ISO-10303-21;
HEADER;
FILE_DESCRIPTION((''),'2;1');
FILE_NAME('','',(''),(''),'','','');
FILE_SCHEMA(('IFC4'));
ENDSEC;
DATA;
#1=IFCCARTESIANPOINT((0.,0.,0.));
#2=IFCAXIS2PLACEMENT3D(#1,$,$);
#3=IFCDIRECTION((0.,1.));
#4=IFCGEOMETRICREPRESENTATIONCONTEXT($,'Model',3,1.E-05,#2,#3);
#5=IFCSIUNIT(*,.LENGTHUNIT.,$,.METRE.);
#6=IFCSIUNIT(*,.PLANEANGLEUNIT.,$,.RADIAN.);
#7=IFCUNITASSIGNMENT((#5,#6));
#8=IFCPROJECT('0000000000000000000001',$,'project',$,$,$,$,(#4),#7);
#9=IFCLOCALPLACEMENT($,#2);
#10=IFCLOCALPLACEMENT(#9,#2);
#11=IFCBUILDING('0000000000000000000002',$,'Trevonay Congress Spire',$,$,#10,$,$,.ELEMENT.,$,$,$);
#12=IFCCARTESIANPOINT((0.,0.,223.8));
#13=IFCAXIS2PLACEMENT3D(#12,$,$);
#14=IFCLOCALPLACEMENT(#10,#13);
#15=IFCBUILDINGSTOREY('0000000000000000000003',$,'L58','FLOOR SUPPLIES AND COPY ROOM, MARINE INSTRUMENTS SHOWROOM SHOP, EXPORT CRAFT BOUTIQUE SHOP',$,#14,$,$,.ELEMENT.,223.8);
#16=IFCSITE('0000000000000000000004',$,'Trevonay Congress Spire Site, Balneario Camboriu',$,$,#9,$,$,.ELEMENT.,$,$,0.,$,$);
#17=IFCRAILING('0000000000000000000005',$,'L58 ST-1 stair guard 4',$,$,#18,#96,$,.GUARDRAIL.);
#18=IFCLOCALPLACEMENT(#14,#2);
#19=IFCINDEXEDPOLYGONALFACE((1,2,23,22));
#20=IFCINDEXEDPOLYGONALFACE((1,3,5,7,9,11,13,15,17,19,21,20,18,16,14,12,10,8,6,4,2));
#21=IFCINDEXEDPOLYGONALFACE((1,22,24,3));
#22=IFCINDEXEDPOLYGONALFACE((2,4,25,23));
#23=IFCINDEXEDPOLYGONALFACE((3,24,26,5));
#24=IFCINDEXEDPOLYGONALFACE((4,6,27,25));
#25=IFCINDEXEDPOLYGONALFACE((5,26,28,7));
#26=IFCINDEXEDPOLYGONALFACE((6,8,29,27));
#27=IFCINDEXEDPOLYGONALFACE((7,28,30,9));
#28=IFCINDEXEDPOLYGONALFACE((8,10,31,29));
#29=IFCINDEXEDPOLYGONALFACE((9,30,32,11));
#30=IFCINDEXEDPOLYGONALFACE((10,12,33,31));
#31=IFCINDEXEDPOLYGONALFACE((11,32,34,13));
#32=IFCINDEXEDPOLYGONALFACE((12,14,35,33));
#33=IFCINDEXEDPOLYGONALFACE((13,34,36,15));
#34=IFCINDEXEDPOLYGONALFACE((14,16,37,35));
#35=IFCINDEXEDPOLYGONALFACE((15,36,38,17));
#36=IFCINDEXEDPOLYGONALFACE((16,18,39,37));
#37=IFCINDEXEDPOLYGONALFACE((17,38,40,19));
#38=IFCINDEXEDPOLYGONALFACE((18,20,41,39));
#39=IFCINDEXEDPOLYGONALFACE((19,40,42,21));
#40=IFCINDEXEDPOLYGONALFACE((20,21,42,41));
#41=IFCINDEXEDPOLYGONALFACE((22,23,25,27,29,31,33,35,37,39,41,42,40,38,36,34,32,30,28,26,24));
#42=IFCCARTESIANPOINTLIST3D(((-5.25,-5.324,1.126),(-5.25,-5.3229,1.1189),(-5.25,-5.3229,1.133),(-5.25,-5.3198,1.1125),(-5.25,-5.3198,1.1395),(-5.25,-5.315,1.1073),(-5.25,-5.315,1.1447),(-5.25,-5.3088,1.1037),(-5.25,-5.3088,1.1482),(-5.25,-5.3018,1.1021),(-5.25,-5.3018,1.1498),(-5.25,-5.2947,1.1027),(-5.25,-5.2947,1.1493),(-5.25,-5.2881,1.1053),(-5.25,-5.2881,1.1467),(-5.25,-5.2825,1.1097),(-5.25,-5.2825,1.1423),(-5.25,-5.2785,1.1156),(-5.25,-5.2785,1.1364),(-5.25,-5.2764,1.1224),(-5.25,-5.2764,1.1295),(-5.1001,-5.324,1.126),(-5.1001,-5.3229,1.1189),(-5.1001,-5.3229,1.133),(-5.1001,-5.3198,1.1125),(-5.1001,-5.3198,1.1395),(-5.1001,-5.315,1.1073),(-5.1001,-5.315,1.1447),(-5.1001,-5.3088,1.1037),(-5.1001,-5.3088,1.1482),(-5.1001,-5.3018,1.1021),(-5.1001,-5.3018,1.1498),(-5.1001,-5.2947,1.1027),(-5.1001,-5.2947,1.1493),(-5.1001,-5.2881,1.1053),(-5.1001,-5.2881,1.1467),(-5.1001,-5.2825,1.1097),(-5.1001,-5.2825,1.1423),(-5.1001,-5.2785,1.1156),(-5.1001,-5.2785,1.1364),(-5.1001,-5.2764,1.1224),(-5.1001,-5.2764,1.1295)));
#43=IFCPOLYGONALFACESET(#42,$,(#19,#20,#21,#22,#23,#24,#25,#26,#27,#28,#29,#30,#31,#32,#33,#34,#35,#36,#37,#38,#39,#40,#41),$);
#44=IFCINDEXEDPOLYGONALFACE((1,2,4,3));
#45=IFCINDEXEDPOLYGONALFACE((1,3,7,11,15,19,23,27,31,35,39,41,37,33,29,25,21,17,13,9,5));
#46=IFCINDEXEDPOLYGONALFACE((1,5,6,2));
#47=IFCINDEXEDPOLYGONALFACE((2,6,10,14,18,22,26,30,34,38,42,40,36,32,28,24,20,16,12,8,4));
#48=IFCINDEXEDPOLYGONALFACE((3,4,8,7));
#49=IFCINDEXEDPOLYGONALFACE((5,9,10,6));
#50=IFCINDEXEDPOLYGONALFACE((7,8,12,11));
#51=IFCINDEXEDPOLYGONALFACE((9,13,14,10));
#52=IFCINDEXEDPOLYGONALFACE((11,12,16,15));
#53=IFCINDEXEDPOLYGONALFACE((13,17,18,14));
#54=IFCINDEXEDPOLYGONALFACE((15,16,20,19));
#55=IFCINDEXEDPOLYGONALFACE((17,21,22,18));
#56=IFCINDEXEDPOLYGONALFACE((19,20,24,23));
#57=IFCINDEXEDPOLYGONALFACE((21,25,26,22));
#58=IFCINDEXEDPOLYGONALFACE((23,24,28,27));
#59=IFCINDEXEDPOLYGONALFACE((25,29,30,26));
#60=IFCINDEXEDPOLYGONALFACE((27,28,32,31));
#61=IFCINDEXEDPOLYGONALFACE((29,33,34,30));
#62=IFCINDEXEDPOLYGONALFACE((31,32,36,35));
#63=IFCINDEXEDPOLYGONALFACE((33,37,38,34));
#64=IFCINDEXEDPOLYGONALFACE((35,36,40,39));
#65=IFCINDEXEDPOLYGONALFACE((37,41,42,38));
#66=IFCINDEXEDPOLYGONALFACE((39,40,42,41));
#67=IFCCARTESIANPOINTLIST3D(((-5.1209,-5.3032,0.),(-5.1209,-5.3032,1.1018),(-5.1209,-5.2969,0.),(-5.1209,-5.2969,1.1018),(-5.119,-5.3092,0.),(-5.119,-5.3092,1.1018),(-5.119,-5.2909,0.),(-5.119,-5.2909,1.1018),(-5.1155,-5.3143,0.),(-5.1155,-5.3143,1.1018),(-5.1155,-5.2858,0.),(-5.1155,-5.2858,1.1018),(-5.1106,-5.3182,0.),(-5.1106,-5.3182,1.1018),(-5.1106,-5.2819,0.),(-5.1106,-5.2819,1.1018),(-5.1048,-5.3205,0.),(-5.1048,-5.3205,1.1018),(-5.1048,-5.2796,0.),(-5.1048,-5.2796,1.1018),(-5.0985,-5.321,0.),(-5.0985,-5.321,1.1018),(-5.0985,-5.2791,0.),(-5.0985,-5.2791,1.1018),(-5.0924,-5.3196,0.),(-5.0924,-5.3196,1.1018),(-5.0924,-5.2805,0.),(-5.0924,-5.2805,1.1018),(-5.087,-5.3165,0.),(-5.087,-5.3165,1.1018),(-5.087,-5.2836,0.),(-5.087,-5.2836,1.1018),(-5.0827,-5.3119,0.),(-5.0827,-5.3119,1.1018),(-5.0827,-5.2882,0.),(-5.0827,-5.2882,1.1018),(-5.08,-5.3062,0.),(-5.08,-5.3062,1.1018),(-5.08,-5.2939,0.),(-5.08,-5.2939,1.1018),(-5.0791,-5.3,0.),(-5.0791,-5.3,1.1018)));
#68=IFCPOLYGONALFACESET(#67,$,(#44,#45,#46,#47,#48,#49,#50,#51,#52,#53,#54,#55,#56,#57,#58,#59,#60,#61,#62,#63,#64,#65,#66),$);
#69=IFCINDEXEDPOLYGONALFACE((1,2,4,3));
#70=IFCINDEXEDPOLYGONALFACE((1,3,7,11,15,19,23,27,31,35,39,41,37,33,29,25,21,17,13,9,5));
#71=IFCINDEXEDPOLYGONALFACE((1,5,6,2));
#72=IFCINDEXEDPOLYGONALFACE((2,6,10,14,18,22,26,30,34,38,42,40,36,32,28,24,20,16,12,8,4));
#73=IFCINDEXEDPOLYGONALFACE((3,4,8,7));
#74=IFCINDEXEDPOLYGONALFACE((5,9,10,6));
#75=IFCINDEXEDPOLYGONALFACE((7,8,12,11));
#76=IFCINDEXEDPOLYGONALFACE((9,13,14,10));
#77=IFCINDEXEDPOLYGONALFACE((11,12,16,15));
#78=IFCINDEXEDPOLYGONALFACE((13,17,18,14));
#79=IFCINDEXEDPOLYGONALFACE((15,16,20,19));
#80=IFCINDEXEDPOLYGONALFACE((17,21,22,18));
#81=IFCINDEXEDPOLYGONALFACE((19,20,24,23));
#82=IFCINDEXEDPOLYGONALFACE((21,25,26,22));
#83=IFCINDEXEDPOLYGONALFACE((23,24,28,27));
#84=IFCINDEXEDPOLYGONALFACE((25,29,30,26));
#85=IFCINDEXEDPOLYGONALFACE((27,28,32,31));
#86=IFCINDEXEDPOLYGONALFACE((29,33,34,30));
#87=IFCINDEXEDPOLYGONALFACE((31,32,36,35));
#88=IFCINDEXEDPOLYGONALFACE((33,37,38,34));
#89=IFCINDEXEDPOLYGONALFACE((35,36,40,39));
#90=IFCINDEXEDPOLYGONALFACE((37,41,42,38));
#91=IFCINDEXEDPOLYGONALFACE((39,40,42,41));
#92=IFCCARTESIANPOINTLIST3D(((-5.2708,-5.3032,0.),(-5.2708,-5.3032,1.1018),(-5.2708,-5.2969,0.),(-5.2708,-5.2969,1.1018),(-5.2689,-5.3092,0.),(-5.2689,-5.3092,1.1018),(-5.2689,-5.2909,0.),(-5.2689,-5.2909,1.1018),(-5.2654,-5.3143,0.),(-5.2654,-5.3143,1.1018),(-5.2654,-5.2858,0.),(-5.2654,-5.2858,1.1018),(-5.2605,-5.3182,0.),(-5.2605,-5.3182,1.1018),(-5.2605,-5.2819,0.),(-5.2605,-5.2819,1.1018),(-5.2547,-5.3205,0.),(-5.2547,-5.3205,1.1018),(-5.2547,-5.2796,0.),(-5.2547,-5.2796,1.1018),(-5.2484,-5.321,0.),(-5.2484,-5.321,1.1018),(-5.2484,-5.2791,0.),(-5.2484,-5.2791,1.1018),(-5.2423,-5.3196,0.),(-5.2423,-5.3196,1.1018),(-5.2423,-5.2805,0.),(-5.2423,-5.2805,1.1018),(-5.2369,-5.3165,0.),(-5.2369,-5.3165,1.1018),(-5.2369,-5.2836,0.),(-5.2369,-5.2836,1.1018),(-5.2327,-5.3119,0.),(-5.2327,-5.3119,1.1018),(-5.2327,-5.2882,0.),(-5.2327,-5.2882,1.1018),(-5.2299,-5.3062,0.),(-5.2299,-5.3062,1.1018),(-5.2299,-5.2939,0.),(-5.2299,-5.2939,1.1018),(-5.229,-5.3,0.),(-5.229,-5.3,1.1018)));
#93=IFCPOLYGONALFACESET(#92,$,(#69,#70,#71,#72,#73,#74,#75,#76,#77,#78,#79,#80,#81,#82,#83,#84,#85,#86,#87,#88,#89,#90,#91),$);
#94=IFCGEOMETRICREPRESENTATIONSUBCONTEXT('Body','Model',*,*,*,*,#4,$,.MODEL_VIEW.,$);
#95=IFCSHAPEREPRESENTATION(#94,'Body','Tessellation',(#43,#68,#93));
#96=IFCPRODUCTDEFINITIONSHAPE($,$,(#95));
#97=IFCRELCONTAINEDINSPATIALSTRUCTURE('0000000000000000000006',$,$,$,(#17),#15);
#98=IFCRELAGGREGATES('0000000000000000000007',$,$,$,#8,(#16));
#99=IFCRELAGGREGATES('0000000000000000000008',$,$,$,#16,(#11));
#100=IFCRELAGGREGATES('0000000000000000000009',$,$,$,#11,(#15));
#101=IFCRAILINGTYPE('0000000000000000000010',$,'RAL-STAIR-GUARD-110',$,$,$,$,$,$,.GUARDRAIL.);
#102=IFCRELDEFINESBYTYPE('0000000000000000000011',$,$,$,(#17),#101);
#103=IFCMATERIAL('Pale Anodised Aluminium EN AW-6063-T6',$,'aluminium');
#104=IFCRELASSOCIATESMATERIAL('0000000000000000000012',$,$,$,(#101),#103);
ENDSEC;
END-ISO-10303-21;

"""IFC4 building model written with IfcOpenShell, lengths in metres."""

from ifc_helpers import new_model, si_unit, direction, frame, origin, origin_2d, place, context, subcontext, project, spatial, circle, extrude, material, type_object, element, save


model = new_model("IFC4")

# Units and contexts
model_context = context("Model", 3, precision=1e-05, world=origin(), true_north=direction((0.0, 1.0)))
body_context = subcontext(model_context, "Body", "Model", "MODEL_VIEW")
ifc_project = project(units=[si_unit("LENGTHUNIT", "METRE"), si_unit("PLANEANGLEUNIT", "RADIAN")], contexts=[model_context])

# Site, building, storey
site_placement = place(None, origin())
site = spatial("IfcSite", under=ifc_project, at=site_placement, Name="Trevonay Congress Spire Site, Balneario Camboriu", CompositionType="ELEMENT", RefElevation=0.0)
building_placement = place(site_placement, origin())
building = spatial("IfcBuilding", under=site, at=building_placement, Name="Trevonay Congress Spire", CompositionType="ELEMENT")
storey_placement = place(building_placement, frame((0.0, 0.0, 223.8)))
storey = spatial("IfcBuildingStorey", under=building, at=storey_placement, Name="L58", Description="FLOOR SUPPLIES AND COPY ROOM, MARINE INSTRUMENTS SHOWROOM SHOP, EXPORT CRAFT BOUTIQUE SHOP", CompositionType="ELEMENT", Elevation=223.8)

# Railing
ifc_material_1 = material(Name="Pale Anodised Aluminium EN AW-6063-T6", Category="aluminium")
railing_type_1 = type_object("IfcRailingType", Name="RAL-STAIR-GUARD-110", PredefinedType="GUARDRAIL", material=ifc_material_1)
railing_1_placement = place(storey_placement, frame((-5.1001, -5.3, 0.0)))
element("IfcRailing", 1, at=railing_1_placement, inside=storey, type_object=railing_type_1, Name="L58 ST-1 stair guard 4", PredefinedType="GUARDRAIL", context=body_context, shape_type="SweptSolid", body=[
    extrude(circle(Radius=0.0239, at=origin_2d()), frame((0.0, 0.0, 1.126), z_axis=(-1.0, 0.0, 0.0), x_axis=(0.0, -1.0, 0.0)), (0.0, 0.0, 1.0), 0.1499),
    extrude(circle(Radius=0.021, at=origin_2d()), origin(), (0.0, 0.0, 1.0), 1.1018),
    extrude(circle(Radius=0.021, at=origin_2d()), frame((-0.1499, 0.0, 0.0)), (0.0, 0.0, 1.0), 1.1018),
])

save(model, "model.ifc")
